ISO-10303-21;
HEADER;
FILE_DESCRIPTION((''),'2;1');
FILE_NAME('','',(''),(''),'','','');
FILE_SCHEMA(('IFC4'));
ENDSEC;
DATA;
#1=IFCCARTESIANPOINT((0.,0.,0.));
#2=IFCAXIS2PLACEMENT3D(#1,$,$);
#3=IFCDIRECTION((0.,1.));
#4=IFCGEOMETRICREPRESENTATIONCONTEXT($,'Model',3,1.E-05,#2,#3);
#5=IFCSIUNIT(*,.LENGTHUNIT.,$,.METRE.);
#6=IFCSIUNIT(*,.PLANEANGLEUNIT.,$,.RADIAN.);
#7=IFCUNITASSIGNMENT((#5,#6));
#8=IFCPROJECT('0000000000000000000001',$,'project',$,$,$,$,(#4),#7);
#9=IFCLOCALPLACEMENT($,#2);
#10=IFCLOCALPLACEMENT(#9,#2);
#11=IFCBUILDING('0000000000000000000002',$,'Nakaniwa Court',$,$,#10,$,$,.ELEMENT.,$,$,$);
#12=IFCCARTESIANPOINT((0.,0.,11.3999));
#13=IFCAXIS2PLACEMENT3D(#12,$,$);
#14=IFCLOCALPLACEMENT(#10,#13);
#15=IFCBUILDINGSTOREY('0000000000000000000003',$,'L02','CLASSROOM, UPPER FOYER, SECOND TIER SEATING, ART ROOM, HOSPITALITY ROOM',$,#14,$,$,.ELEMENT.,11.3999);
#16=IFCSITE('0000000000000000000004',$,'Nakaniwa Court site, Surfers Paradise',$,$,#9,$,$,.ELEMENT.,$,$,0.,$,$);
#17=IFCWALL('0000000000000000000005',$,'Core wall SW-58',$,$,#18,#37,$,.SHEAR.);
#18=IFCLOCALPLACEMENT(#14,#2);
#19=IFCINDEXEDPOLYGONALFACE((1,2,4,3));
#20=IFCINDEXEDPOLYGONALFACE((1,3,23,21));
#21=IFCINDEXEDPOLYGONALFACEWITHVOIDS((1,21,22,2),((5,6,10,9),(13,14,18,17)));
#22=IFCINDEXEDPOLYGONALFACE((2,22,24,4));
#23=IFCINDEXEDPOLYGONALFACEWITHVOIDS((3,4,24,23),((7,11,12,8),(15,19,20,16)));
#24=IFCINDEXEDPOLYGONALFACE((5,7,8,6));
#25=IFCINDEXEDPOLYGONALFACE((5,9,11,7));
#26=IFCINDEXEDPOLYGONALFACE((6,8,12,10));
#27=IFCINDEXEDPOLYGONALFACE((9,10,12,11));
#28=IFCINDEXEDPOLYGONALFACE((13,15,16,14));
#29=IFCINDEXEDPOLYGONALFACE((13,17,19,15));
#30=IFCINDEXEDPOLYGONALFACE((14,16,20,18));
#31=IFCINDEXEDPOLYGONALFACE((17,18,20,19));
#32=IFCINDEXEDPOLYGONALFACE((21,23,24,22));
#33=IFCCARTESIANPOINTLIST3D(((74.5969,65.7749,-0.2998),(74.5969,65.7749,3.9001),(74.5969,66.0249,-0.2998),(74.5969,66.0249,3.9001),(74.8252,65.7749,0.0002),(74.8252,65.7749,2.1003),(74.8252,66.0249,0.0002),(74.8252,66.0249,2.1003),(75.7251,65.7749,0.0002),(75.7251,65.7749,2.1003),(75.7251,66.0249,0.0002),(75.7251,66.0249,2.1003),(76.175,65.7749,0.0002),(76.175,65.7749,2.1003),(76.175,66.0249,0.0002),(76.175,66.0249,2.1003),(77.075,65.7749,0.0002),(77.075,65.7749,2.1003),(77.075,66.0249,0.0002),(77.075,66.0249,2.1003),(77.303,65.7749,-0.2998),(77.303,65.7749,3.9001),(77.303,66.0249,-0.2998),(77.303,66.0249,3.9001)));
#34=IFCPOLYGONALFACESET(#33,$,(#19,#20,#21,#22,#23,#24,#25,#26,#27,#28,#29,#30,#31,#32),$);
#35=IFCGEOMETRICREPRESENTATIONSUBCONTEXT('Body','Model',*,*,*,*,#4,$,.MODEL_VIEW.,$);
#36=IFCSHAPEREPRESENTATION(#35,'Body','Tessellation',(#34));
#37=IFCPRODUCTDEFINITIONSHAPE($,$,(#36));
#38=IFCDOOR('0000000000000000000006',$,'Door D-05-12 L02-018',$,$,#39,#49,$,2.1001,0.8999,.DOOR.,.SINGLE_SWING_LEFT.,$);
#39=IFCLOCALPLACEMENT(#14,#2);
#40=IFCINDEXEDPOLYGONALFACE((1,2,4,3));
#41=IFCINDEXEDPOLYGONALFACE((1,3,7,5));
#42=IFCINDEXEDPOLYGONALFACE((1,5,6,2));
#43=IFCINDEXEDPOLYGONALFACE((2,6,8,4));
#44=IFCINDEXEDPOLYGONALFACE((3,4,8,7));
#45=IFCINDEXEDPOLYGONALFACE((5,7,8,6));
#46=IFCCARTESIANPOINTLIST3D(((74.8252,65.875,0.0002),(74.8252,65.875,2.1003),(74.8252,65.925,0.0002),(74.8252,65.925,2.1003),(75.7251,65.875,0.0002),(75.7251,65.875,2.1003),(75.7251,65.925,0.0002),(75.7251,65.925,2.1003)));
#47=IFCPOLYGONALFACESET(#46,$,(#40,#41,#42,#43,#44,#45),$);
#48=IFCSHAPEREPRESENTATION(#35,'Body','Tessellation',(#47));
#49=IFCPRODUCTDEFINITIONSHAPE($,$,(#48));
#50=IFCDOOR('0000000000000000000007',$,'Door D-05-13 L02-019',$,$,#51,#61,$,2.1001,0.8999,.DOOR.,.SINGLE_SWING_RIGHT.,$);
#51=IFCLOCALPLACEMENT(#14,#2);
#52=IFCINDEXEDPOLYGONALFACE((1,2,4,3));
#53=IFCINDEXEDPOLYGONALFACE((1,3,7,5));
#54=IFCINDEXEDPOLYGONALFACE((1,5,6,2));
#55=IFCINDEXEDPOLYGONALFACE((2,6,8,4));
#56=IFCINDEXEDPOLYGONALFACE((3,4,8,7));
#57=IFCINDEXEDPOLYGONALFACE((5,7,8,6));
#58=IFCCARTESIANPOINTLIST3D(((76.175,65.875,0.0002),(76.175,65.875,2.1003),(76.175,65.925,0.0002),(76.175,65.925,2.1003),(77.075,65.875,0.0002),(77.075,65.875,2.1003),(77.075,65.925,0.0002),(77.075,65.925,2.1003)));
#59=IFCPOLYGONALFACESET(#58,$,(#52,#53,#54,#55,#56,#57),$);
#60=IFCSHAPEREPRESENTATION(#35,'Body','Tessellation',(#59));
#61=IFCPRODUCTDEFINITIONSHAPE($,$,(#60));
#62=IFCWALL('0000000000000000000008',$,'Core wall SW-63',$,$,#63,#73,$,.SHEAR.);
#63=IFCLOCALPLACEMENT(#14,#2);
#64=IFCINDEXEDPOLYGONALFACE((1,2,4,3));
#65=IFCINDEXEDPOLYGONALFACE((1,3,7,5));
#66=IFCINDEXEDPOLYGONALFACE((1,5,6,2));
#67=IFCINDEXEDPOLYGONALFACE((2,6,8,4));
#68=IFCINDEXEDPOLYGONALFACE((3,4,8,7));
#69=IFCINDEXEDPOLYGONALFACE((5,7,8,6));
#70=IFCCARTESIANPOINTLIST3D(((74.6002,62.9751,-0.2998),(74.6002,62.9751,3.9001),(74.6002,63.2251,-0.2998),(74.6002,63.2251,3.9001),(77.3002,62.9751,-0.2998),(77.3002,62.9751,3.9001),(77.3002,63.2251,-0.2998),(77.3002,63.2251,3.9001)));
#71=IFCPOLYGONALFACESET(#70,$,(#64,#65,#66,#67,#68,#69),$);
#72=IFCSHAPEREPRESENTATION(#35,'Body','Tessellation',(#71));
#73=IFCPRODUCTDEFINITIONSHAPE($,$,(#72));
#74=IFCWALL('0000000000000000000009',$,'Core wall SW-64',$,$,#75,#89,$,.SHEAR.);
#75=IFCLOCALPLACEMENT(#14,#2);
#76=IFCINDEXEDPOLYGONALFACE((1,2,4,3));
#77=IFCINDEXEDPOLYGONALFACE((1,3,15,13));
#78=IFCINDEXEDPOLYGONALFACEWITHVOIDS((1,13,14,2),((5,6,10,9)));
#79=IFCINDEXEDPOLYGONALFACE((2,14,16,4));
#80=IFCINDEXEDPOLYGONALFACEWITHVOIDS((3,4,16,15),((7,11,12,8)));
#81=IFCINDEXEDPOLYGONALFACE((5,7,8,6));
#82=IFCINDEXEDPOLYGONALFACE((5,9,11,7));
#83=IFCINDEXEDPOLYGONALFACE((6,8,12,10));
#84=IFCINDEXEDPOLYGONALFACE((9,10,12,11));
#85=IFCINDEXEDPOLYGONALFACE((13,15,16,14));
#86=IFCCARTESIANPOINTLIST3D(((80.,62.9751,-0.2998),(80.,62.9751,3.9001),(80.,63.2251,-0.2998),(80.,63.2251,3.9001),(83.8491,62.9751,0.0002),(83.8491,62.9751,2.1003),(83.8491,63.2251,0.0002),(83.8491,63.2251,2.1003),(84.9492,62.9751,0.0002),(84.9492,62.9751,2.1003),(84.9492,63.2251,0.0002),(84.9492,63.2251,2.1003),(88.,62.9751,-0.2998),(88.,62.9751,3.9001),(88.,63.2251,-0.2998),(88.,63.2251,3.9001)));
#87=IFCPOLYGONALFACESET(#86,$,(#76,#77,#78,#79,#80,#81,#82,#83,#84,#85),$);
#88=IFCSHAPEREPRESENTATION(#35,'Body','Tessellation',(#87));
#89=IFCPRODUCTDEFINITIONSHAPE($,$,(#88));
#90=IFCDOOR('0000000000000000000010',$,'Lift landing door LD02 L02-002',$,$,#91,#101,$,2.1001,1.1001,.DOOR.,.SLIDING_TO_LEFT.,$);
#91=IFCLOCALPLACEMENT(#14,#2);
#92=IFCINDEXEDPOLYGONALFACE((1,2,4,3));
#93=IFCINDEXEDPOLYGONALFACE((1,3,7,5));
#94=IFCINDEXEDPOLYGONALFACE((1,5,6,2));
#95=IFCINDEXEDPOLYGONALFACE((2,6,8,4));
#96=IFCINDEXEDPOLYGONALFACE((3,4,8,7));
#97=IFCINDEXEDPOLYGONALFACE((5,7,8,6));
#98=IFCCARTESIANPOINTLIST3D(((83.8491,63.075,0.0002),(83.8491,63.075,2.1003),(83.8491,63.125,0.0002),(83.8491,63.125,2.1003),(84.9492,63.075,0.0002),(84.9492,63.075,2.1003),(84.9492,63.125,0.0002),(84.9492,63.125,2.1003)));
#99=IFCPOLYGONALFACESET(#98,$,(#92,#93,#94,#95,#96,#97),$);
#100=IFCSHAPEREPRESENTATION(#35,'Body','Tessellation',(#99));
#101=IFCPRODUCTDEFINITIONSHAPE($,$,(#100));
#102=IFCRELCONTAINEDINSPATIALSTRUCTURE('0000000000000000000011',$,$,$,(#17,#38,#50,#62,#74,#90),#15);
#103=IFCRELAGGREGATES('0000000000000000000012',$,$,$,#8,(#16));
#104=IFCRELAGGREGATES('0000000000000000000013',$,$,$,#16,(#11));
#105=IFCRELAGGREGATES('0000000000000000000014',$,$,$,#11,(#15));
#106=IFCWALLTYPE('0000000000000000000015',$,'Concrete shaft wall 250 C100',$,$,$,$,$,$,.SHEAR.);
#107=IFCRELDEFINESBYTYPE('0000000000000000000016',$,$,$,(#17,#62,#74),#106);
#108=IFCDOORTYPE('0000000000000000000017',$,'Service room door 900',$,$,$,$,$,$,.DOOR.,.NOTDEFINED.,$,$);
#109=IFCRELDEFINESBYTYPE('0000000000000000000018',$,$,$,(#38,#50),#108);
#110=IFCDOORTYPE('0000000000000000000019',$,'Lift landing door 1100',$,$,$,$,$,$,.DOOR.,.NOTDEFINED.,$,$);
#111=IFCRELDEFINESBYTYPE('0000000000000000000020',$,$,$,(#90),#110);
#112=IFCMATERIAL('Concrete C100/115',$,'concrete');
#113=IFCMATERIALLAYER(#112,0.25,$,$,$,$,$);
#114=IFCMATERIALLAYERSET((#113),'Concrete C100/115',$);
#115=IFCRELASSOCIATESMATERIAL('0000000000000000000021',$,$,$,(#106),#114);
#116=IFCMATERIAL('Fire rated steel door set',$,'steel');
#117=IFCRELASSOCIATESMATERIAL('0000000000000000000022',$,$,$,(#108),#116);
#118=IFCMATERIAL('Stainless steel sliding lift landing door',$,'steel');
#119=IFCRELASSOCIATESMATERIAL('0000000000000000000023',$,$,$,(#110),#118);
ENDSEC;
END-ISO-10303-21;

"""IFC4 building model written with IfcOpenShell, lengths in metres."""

from ifc_helpers import new_model, si_unit, direction, frame, frame_2d, origin, place, context, subcontext, project, spatial, rectangle, extrude, material, layer, layer_set, type_object, element, fill, save


model = new_model("IFC4")

# Units and contexts
model_context = context("Model", 3, precision=1e-05, world=origin(), true_north=direction((0.0, 1.0)))
body_context = subcontext(model_context, "Body", "Model", "MODEL_VIEW")
ifc_project = project(units=[si_unit("LENGTHUNIT", "METRE"), si_unit("PLANEANGLEUNIT", "RADIAN")], contexts=[model_context])

# Site, building, storey
site_placement = place(None, origin())
site = spatial("IfcSite", under=ifc_project, at=site_placement, Name="Nakaniwa Court site, Surfers Paradise", CompositionType="ELEMENT", RefElevation=0.0)
building_placement = place(site_placement, origin())
building = spatial("IfcBuilding", under=site, at=building_placement, Name="Nakaniwa Court", CompositionType="ELEMENT")
storey_placement = place(building_placement, frame((0.0, 0.0, 11.3999)))
storey = spatial("IfcBuildingStorey", under=building, at=storey_placement, Name="L02", Description="CLASSROOM, UPPER FOYER, SECOND TIER SEATING, ART ROOM, HOSPITALITY ROOM", CompositionType="ELEMENT", Elevation=11.3999)

# Shared definitions
ifc_material_1 = material(Name="Fire rated steel door set", Category="steel")

# Shared definitions
ifc_material_2 = material(Name="Concrete C100/115", Category="concrete")
ifc_layer_1 = layer(ifc_material_2, 0.25)
ifc_layer_set_1 = layer_set([ifc_layer_1], Name="Concrete C100/115")
wall_type_1 = type_object("IfcWallType", Name="Concrete shaft wall 250 C100", PredefinedType="SHEAR", material=ifc_layer_set_1)

# Wall, openings, doors
wall_1_placement = place(storey_placement, frame((77.303, 65.8999, -0.2998), z_axis=(0.0, 0.0, 1.0), x_axis=(-1.0, 0.0, 0.0)))
wall_1 = element("IfcWall", 1, at=wall_1_placement, inside=storey, type_object=wall_type_1, Name="Core wall SW-58", PredefinedType="SHEAR", context=body_context, shape_type="SweptSolid", body=[
    extrude(rectangle(XDim=2.7061, YDim=0.25, at=frame_2d((1.353, 0.0))), origin(), (0.0, 0.0, 1.0), 4.2),
])
opening_1_placement = place(wall_1_placement, frame((1.5779, 0.0, 0.3)))
opening_1 = element("IfcOpeningElement", 2, at=opening_1_placement, cuts=wall_1, PredefinedType="OPENING", context=body_context, shape_type="SweptSolid", body=[
    extrude(rectangle(XDim=0.8999, YDim=2.1001, at=frame_2d((0.45, 1.05))), frame((0.0, 0.135, 0.0), z_axis=(0.0, -1.0, 0.0), x_axis=(1.0, 0.0, 0.0)), (0.0, 0.0, 1.0), 0.27),
])
opening_2_placement = place(wall_1_placement, frame((0.228, 0.0, 0.3)))
opening_2 = element("IfcOpeningElement", 3, at=opening_2_placement, cuts=wall_1, PredefinedType="OPENING", context=body_context, shape_type="SweptSolid", body=[
    extrude(rectangle(XDim=0.8999, YDim=2.1001, at=frame_2d((0.45, 1.05))), frame((0.0, 0.135, 0.0), z_axis=(0.0, -1.0, 0.0), x_axis=(1.0, 0.0, 0.0)), (0.0, 0.0, 1.0), 0.27),
])
door_type_1 = type_object("IfcDoorType", Name="Service room door 900", OperationType="NOTDEFINED", PredefinedType="DOOR", material=ifc_material_1)
door_1_placement = place(opening_1_placement, origin())
door_1 = element("IfcDoor", 4, at=door_1_placement, inside=storey, type_object=door_type_1, Name="Door D-05-12 L02-018", OperationType="SINGLE_SWING_LEFT", OverallHeight=2.1001, OverallWidth=0.8999, PredefinedType="DOOR", context=body_context, shape_type="SweptSolid", body=[
    extrude(rectangle(XDim=0.8999, YDim=2.1001, at=frame_2d((0.45, 1.05))), frame((0.0, 0.0249, 0.0), z_axis=(0.0, -1.0, 0.0), x_axis=(1.0, 0.0, 0.0)), (0.0, 0.0, 1.0), 0.05),
])
fill(opening_1, door_1)
door_2_placement = place(opening_2_placement, origin())
door_2 = element("IfcDoor", 5, at=door_2_placement, inside=storey, type_object=door_type_1, Name="Door D-05-13 L02-019", OperationType="SINGLE_SWING_RIGHT", OverallHeight=2.1001, OverallWidth=0.8999, PredefinedType="DOOR", context=body_context, shape_type="SweptSolid", body=[
    extrude(rectangle(XDim=0.8999, YDim=2.1001, at=frame_2d((0.45, 1.05))), frame((0.0, 0.0249, 0.0), z_axis=(0.0, -1.0, 0.0), x_axis=(1.0, 0.0, 0.0)), (0.0, 0.0, 1.0), 0.05),
])
fill(opening_2, door_2)

# Wall
wall_2_placement = place(storey_placement, frame((74.6001, 63.1001, -0.2998), z_axis=(0.0, 0.0, 1.0), x_axis=(1.0, 0.0, 0.0)))
element("IfcWall", 6, at=wall_2_placement, inside=storey, type_object=wall_type_1, Name="Core wall SW-63", PredefinedType="SHEAR", context=body_context, shape_type="SweptSolid", body=[
    extrude(rectangle(XDim=2.7, YDim=0.25, at=frame_2d((1.3501, 0.0))), origin(), (0.0, 0.0, 1.0), 4.2),
])

# Wall, opening, door
wall_3_placement = place(storey_placement, frame((80.0, 63.1001, -0.2998), z_axis=(0.0, 0.0, 1.0), x_axis=(1.0, 0.0, 0.0)))
wall_3 = element("IfcWall", 7, at=wall_3_placement, inside=storey, type_object=wall_type_1, Name="Core wall SW-64", PredefinedType="SHEAR", context=body_context, shape_type="SweptSolid", body=[
    extrude(rectangle(XDim=8.0, YDim=0.25, at=frame_2d((4.0, 0.0))), origin(), (0.0, 0.0, 1.0), 4.2),
])
opening_3_placement = place(wall_3_placement, frame((3.8491, 0.0, 0.3)))
opening_3 = element("IfcOpeningElement", 8, at=opening_3_placement, cuts=wall_3, PredefinedType="OPENING", context=body_context, shape_type="SweptSolid", body=[
    extrude(rectangle(XDim=1.1001, YDim=2.1001, at=frame_2d((0.55, 1.05))), frame((0.0, 0.135, 0.0), z_axis=(0.0, -1.0, 0.0), x_axis=(1.0, 0.0, 0.0)), (0.0, 0.0, 1.0), 0.27),
])
ifc_material_3 = material(Name="Stainless steel sliding lift landing door", Category="steel")
door_type_2 = type_object("IfcDoorType", Name="Lift landing door 1100", OperationType="NOTDEFINED", PredefinedType="DOOR", material=ifc_material_3)
door_3_placement = place(opening_3_placement, origin())
door_3 = element("IfcDoor", 9, at=door_3_placement, inside=storey, type_object=door_type_2, Name="Lift landing door LD02 L02-002", OperationType="SLIDING_TO_LEFT", OverallHeight=2.1001, OverallWidth=1.1001, PredefinedType="DOOR", context=body_context, shape_type="SweptSolid", body=[
    extrude(rectangle(XDim=1.1001, YDim=2.1001, at=frame_2d((0.55, 1.05))), frame((0.0, 0.0249, 0.0), z_axis=(0.0, -1.0, 0.0), x_axis=(1.0, 0.0, 0.0)), (0.0, 0.0, 1.0), 0.05),
])
fill(opening_3, door_3)

save(model, "model.ifc")
